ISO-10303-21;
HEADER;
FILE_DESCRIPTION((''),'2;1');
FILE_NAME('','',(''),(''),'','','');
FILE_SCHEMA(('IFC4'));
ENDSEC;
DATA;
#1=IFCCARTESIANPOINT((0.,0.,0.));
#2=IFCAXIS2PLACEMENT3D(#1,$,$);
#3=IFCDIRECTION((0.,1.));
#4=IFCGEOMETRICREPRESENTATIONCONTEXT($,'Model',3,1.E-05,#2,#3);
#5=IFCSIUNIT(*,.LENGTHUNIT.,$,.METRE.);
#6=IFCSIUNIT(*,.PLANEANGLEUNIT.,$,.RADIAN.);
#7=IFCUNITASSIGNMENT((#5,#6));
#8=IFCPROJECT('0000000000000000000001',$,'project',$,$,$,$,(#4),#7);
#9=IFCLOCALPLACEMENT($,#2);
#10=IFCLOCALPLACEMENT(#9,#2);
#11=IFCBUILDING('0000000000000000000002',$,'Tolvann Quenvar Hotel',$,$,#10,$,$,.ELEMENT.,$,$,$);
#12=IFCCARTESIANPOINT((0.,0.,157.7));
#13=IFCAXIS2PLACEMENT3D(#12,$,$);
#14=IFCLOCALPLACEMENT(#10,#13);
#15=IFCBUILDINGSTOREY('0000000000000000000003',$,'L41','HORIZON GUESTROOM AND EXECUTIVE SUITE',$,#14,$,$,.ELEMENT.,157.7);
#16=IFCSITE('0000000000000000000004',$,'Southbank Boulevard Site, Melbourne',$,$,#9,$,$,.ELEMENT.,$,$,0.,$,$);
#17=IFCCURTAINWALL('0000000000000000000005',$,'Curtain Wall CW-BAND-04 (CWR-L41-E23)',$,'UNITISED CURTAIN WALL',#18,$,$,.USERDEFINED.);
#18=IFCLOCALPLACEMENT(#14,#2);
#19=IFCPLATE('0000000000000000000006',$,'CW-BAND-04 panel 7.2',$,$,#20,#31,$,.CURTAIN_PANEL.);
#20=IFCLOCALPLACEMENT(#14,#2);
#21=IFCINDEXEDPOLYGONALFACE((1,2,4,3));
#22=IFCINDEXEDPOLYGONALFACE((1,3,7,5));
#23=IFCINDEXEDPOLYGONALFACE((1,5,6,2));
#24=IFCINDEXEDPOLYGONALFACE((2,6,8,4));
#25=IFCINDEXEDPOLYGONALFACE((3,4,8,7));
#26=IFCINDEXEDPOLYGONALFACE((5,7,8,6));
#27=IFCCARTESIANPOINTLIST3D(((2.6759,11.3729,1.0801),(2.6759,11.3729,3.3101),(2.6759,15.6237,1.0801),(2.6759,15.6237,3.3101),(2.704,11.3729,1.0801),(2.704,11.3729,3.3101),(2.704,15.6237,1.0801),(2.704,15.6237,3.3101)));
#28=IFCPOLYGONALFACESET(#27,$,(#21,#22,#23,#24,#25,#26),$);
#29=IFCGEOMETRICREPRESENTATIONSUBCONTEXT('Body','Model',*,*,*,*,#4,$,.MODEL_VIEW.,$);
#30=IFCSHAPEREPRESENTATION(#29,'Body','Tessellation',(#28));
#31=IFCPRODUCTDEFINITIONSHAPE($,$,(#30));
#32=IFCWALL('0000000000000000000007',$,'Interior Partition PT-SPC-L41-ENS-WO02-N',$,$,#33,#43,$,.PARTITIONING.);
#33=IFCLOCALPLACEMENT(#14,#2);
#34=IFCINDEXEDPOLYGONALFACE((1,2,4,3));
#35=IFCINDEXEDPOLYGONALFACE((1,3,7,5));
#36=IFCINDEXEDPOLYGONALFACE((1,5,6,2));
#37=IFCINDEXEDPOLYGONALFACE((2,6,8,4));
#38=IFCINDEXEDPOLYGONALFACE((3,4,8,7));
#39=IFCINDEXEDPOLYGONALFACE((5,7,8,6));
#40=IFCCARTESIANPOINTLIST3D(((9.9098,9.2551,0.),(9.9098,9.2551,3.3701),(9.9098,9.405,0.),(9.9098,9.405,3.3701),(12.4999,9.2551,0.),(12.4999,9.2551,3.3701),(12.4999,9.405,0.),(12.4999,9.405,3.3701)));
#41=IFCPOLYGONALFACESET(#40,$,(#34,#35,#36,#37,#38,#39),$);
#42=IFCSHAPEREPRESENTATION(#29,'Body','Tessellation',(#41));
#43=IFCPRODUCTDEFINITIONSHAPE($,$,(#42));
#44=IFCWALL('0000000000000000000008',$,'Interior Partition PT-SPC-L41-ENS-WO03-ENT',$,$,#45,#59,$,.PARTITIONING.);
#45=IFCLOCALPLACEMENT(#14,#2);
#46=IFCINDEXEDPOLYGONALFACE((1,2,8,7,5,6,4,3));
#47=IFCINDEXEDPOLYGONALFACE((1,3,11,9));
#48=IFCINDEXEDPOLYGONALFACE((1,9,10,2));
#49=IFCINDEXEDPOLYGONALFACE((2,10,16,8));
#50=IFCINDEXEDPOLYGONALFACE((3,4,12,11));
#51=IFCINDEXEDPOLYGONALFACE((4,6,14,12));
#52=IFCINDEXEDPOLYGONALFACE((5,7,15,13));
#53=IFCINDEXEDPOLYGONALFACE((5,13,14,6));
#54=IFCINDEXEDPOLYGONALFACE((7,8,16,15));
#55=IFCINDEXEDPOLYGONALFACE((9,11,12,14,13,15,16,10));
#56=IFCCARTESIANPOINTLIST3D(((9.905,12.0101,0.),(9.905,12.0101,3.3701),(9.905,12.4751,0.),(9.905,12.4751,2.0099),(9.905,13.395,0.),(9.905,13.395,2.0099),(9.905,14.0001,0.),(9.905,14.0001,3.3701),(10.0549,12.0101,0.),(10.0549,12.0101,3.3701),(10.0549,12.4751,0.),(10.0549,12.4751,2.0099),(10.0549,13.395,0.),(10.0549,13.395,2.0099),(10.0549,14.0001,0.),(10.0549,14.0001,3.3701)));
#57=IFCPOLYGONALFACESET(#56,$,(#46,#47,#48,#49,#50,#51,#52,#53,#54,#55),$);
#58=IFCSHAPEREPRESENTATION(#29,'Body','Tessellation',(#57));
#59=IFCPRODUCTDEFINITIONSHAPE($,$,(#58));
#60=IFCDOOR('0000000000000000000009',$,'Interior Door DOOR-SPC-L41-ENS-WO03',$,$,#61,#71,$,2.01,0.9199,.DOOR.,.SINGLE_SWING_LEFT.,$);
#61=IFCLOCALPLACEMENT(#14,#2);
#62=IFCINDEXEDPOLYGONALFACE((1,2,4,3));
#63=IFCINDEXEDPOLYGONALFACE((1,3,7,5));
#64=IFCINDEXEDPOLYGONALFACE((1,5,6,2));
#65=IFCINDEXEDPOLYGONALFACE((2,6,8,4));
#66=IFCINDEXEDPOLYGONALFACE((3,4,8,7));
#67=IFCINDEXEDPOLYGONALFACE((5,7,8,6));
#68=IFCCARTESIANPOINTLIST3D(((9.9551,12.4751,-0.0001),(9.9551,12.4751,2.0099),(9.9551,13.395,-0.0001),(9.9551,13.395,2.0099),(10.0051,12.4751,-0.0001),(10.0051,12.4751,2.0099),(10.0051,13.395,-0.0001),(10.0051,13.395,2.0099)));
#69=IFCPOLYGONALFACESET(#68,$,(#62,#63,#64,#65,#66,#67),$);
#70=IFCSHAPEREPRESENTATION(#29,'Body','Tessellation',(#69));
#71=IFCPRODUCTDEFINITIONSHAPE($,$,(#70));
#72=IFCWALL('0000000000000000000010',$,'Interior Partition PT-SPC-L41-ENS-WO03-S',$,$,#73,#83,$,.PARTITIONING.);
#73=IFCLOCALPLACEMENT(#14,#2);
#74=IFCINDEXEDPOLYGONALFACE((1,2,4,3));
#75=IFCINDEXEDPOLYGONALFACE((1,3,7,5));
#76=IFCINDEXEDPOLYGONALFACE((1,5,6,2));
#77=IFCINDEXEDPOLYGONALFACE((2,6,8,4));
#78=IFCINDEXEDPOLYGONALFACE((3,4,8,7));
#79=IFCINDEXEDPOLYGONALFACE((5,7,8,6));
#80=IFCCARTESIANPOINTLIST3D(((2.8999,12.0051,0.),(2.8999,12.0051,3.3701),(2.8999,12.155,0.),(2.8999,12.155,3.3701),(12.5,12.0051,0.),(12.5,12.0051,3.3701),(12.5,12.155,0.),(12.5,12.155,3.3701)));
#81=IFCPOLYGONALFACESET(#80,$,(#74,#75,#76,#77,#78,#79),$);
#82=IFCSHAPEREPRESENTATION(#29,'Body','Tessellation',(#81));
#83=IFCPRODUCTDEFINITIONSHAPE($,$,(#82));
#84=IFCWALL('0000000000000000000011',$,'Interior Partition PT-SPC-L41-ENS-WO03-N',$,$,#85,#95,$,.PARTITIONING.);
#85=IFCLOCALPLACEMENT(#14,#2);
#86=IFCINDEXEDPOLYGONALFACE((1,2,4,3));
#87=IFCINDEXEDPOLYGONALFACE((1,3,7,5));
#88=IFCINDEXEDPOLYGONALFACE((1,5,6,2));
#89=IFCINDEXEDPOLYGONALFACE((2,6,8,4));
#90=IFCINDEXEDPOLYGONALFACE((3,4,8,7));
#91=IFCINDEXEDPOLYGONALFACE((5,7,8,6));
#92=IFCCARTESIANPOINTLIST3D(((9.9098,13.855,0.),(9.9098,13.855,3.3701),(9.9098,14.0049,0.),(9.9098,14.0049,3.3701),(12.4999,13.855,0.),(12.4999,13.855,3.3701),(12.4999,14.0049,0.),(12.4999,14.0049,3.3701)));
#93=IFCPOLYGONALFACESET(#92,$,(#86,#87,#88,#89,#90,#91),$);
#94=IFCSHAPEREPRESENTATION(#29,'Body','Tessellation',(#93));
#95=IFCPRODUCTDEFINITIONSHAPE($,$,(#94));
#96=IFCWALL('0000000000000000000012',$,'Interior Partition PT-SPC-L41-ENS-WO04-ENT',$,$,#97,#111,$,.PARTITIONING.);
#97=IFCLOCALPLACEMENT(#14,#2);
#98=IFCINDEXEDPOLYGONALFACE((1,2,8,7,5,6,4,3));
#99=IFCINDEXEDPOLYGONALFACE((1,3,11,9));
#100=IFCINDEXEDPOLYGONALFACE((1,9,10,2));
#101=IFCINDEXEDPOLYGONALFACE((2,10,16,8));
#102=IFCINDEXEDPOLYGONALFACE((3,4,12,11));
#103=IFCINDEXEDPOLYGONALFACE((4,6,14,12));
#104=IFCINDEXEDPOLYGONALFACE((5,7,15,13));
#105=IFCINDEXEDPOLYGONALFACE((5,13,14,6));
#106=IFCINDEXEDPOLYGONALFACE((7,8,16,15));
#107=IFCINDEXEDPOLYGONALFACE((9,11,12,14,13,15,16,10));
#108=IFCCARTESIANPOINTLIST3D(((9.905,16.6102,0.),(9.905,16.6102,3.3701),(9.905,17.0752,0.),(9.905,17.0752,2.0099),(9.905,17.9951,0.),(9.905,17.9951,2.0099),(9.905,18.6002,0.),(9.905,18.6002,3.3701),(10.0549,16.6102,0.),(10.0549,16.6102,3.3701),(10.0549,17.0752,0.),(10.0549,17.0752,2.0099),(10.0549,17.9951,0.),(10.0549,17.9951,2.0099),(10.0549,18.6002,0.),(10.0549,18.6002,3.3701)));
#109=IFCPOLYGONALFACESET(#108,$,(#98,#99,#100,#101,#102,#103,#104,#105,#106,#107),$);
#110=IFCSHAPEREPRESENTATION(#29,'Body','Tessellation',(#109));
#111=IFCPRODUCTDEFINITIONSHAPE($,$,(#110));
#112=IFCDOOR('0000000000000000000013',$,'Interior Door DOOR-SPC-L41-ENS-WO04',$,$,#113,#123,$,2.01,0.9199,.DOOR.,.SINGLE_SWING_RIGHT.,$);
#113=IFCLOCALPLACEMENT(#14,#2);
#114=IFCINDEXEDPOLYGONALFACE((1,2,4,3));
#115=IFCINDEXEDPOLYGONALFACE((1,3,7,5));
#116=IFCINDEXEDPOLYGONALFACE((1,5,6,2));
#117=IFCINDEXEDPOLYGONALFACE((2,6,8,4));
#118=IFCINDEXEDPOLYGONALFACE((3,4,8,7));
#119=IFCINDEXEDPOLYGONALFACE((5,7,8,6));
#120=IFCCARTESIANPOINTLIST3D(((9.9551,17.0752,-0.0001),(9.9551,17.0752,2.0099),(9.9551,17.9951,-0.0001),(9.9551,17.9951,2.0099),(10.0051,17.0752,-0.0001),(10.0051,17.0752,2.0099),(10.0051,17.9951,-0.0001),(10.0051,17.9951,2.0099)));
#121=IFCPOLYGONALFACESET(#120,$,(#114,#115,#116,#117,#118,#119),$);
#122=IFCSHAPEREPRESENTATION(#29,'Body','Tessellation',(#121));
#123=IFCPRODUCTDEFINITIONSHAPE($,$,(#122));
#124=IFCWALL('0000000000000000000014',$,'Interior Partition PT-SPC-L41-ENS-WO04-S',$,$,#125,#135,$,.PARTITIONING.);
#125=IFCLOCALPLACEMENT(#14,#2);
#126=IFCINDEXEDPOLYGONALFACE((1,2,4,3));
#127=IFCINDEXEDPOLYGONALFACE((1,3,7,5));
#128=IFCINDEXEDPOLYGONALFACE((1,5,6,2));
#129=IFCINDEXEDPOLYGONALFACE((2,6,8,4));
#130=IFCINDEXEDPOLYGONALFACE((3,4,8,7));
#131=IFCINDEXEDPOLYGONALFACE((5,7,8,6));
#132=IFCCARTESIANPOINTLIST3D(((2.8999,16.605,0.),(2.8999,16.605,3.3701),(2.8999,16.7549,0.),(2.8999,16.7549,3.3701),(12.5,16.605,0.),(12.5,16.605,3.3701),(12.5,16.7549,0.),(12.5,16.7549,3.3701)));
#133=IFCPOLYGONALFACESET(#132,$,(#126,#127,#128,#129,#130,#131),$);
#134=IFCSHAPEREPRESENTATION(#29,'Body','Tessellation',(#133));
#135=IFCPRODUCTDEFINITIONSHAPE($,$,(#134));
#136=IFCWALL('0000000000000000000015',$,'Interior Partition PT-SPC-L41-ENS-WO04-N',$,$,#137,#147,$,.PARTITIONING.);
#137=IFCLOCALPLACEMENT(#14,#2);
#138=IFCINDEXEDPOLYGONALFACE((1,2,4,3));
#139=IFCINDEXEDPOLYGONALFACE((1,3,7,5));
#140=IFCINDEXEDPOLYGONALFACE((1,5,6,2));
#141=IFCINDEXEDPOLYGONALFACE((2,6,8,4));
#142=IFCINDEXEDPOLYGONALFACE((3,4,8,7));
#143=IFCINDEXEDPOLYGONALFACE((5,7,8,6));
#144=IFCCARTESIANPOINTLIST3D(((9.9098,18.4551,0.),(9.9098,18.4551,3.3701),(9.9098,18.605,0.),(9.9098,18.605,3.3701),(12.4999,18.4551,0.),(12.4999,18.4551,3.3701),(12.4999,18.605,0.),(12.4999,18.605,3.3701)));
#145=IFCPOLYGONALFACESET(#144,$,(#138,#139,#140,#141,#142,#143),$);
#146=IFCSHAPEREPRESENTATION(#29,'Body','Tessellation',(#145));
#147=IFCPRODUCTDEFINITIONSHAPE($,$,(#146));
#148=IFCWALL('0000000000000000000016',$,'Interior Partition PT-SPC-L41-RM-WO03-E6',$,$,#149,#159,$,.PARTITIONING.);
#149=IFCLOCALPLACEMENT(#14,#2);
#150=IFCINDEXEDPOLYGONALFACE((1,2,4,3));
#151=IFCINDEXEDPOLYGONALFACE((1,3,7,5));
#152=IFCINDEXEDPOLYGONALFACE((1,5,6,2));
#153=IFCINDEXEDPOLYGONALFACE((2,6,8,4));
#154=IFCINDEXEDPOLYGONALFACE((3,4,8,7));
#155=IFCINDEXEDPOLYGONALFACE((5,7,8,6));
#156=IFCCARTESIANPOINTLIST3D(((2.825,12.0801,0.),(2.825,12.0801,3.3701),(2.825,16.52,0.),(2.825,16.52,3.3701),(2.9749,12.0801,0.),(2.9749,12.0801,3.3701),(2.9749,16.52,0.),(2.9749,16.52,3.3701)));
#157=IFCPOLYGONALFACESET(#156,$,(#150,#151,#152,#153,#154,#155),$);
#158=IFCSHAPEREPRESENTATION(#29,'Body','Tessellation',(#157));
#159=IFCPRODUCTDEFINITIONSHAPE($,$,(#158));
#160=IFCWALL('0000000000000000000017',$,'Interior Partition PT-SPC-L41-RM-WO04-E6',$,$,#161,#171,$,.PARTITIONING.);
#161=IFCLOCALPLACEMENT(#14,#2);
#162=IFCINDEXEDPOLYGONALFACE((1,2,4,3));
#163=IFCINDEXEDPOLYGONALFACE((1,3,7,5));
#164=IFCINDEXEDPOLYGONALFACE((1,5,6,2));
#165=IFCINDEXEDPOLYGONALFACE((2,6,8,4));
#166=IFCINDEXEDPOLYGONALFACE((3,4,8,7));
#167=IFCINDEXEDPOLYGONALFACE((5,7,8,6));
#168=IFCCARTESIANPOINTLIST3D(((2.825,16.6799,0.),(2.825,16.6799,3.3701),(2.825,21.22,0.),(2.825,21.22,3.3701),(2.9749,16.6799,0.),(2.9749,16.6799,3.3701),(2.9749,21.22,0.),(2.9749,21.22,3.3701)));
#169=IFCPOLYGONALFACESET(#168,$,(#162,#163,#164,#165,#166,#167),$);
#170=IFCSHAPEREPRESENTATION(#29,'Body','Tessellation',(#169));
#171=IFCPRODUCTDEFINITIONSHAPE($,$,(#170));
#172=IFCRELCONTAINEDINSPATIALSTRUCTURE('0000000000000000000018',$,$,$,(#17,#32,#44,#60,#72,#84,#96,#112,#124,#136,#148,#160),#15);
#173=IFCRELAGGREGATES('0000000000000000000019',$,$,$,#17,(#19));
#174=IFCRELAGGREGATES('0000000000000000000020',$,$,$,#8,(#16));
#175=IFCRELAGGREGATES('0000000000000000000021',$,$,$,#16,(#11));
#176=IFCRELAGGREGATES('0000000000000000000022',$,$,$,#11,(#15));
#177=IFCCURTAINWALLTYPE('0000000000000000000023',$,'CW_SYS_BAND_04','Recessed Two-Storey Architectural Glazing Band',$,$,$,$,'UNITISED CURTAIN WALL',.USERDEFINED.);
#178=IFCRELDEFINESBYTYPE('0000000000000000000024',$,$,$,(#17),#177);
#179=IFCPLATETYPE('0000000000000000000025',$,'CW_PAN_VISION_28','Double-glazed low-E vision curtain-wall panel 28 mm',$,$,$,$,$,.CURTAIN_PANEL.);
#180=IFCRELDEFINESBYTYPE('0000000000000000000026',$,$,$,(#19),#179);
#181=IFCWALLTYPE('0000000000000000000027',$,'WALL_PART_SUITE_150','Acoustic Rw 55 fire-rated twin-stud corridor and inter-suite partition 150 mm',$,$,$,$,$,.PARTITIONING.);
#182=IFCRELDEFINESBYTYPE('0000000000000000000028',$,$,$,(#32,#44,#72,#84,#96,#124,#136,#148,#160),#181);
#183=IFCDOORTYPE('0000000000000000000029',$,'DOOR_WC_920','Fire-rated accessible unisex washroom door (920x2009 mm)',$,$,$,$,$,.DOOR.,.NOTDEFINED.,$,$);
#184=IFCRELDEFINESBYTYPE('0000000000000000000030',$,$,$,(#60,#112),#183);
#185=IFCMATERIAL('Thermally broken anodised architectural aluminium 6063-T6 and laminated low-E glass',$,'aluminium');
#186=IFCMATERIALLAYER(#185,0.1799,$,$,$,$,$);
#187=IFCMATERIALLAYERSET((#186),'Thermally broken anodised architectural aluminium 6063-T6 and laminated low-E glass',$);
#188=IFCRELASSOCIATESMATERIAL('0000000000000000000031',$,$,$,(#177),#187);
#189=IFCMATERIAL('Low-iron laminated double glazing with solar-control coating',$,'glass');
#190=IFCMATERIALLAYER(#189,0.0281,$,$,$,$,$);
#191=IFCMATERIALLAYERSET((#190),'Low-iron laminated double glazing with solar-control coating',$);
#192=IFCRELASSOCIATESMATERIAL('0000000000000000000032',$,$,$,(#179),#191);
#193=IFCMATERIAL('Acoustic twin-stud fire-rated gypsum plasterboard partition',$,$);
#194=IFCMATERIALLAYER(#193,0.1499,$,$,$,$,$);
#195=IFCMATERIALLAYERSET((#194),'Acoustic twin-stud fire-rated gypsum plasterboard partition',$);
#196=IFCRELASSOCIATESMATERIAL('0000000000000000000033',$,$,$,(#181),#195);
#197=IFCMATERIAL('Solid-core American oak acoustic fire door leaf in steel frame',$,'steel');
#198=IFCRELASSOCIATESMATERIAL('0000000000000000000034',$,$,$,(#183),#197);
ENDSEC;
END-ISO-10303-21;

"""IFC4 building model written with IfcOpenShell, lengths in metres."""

from ifc_helpers import new_model, si_unit, direction, frame, frame_2d, origin, origin_2d, place, context, subcontext, project, spatial, rectangle, extrude, source, transform, mapped, material, layer, layer_set, type_object, type_shapes, element, fill, aggregate, save


model = new_model("IFC4")

# Units and contexts
model_context = context("Model", 3, precision=1e-05, world=origin(), true_north=direction((0.0, 1.0)))
body_context = subcontext(model_context, "Body", "Model", "MODEL_VIEW")
ifc_project = project(units=[si_unit("LENGTHUNIT", "METRE"), si_unit("PLANEANGLEUNIT", "RADIAN")], contexts=[model_context])

# Site, building, storey
site_placement = place(None, origin())
site = spatial("IfcSite", under=ifc_project, at=site_placement, Name="Southbank Boulevard Site, Melbourne", CompositionType="ELEMENT", RefElevation=0.0)
building_placement = place(site_placement, origin())
building = spatial("IfcBuilding", under=site, at=building_placement, Name="Tolvann Quenvar Hotel", CompositionType="ELEMENT")
storey_placement = place(building_placement, frame((0.0, 0.0, 157.7)))
storey = spatial("IfcBuildingStorey", under=building, at=storey_placement, Name="L41", Description="HORIZON GUESTROOM AND EXECUTIVE SUITE", CompositionType="ELEMENT", Elevation=157.7)

# Curtain wall, plate
ifc_material_1 = material(Name="Thermally broken anodised architectural aluminium 6063-T6 and laminated low-E glass", Category="aluminium")
ifc_layer_1 = layer(ifc_material_1, 0.1799)
ifc_layer_set_1 = layer_set([ifc_layer_1], Name="Thermally broken anodised architectural aluminium 6063-T6 and laminated low-E glass")
curtain_wall_type = type_object("IfcCurtainWallType", Name="CW_SYS_BAND_04", Description="Recessed Two-Storey Architectural Glazing Band", ElementType="UNITISED CURTAIN WALL", PredefinedType="USERDEFINED", material=ifc_layer_set_1)
curtain_wall_placement = place(storey_placement, origin())
curtain_wall = element("IfcCurtainWall", 1, at=curtain_wall_placement, inside=storey, type_object=curtain_wall_type, Name="Curtain Wall CW-BAND-04 (CWR-L41-E23)", ObjectType="UNITISED CURTAIN WALL", PredefinedType="USERDEFINED")
ifc_material_2 = material(Name="Low-iron laminated double glazing with solar-control coating", Category="glass")
ifc_layer_2 = layer(ifc_material_2, 0.0281)
ifc_layer_set_2 = layer_set([ifc_layer_2], Name="Low-iron laminated double glazing with solar-control coating")
plate_type = type_object("IfcPlateType", Name="CW_PAN_VISION_28", Description="Double-glazed low-E vision curtain-wall panel 28 mm", PredefinedType="CURTAIN_PANEL", material=ifc_layer_set_2)
shared_shape_1 = source(origin(), body_context, "Body", "SweptSolid", [
    extrude(rectangle(XDim=4.2507, YDim=0.0281, at=origin_2d()), origin(), (0.0, 0.0, 1.0), 2.23),
])
plate_1_placement = place(storey_placement, frame((2.6899, 13.4983, 1.0801), z_axis=(0.0, 0.0, 1.0), x_axis=(0.0, -1.0, 0.0)))
plate_1 = element("IfcPlate", 2, at=plate_1_placement, type_object=plate_type, Name="CW-BAND-04 panel 7.2", PredefinedType="CURTAIN_PANEL", context=body_context, shape_type="MappedRepresentation", body=[
    mapped(shared_shape_1, transform((0.0, 0.0, 0.0), x_axis=(1.0, 0.0, 0.0), y_axis=(0.0, 1.0, 0.0), z_axis=(0.0, 0.0, 1.0), scale=1.0)),
])
aggregate(curtain_wall, [plate_1])

# Wall
ifc_material_3 = material(Name="Acoustic twin-stud fire-rated gypsum plasterboard partition")
ifc_layer_3 = layer(ifc_material_3, 0.1499)
ifc_layer_set_3 = layer_set([ifc_layer_3], Name="Acoustic twin-stud fire-rated gypsum plasterboard partition")
wall_type = type_object("IfcWallType", Name="WALL_PART_SUITE_150", Description="Acoustic Rw 55 fire-rated twin-stud corridor and inter-suite partition 150 mm", PredefinedType="PARTITIONING", material=ifc_layer_set_3)
wall_1_placement = place(storey_placement, frame((9.9099, 9.3301, 0.0), z_axis=(0.0, 0.0, 1.0), x_axis=(1.0, 0.0, 0.0)))
element("IfcWall", 3, at=wall_1_placement, inside=storey, type_object=wall_type, Name="Interior Partition PT-SPC-L41-ENS-WO02-N", PredefinedType="PARTITIONING", context=body_context, shape_type="SweptSolid", body=[
    extrude(rectangle(XDim=2.5901, YDim=0.1499, at=frame_2d((1.2949, 0.0))), origin(), (0.0, 0.0, 1.0), 3.3701),
])

# Wall, opening, door
wall_2_placement = place(storey_placement, frame((9.98, 12.01, 0.0), z_axis=(0.0, 0.0, 1.0), x_axis=(0.0, 1.0, 0.0)))
wall_2 = element("IfcWall", 4, at=wall_2_placement, inside=storey, type_object=wall_type, Name="Interior Partition PT-SPC-L41-ENS-WO03-ENT", PredefinedType="PARTITIONING", context=body_context, shape_type="SweptSolid", body=[
    extrude(rectangle(XDim=1.99, YDim=0.1499, at=frame_2d((0.9951, 0.0))), origin(), (0.0, 0.0, 1.0), 3.3701),
])
opening_1_placement = place(wall_2_placement, frame((0.4651, 0.0, 0.0)))
opening_1 = element("IfcOpeningElement", 5, at=opening_1_placement, cuts=wall_2, PredefinedType="OPENING", context=body_context, shape_type="SweptSolid", body=[
    extrude(rectangle(XDim=0.9199, YDim=2.01, at=frame_2d((0.46, 1.0049))), frame((0.0, 0.085, 0.0), z_axis=(0.0, -1.0, 0.0), x_axis=(1.0, 0.0, 0.0)), (0.0, 0.0, 1.0), 0.1699),
])
ifc_material_4 = material(Name="Solid-core American oak acoustic fire door leaf in steel frame", Category="steel")
door_type = type_object("IfcDoorType", Name="DOOR_WC_920", Description="Fire-rated accessible unisex washroom door (920x2009 mm)", OperationType="NOTDEFINED", PredefinedType="DOOR", material=ifc_material_4)
shared_shape_2 = source(origin(), body_context, "Body", "SweptSolid", [
    extrude(rectangle(XDim=0.9199, YDim=2.01, at=frame_2d((0.46, 1.0049))), frame((0.0, 0.0249, 0.0), z_axis=(0.0, -1.0, 0.0), x_axis=(1.0, 0.0, 0.0)), (0.0, 0.0, 1.0), 0.05),
])
type_shapes(door_type, [shared_shape_2])
door_1_placement = place(opening_1_placement, origin())
door_1 = element("IfcDoor", 6, at=door_1_placement, inside=storey, type_object=door_type, Name="Interior Door DOOR-SPC-L41-ENS-WO03", OperationType="SINGLE_SWING_LEFT", OverallHeight=2.01, OverallWidth=0.9199, PredefinedType="DOOR", context=body_context, shape_type="MappedRepresentation", body=[
    mapped(shared_shape_2, transform((0.0, 0.0, 0.0), x_axis=(1.0, 0.0, 0.0), y_axis=(0.0, 1.0, 0.0), z_axis=(0.0, 0.0, 1.0), scale=1.0)),
])
fill(opening_1, door_1)

# Walls
wall_3_placement = place(storey_placement, frame((2.8999, 12.0801, 0.0), z_axis=(0.0, 0.0, 1.0), x_axis=(1.0, 0.0, 0.0)))
element("IfcWall", 7, at=wall_3_placement, inside=storey, type_object=wall_type, Name="Interior Partition PT-SPC-L41-ENS-WO03-S", PredefinedType="PARTITIONING", context=body_context, shape_type="SweptSolid", body=[
    extrude(rectangle(XDim=9.6001, YDim=0.1499, at=frame_2d((4.8, 0.0))), origin(), (0.0, 0.0, 1.0), 3.3701),
])
wall_4_placement = place(storey_placement, frame((9.9099, 13.9299, 0.0), z_axis=(0.0, 0.0, 1.0), x_axis=(1.0, 0.0, 0.0)))
element("IfcWall", 8, at=wall_4_placement, inside=storey, type_object=wall_type, Name="Interior Partition PT-SPC-L41-ENS-WO03-N", PredefinedType="PARTITIONING", context=body_context, shape_type="SweptSolid", body=[
    extrude(rectangle(XDim=2.5901, YDim=0.1499, at=frame_2d((1.2949, 0.0))), origin(), (0.0, 0.0, 1.0), 3.3701),
])

# Wall, opening, door
wall_5_placement = place(storey_placement, frame((9.98, 16.6101, 0.0), z_axis=(0.0, 0.0, 1.0), x_axis=(0.0, 1.0, 0.0)))
wall_5 = element("IfcWall", 9, at=wall_5_placement, inside=storey, type_object=wall_type, Name="Interior Partition PT-SPC-L41-ENS-WO04-ENT", PredefinedType="PARTITIONING", context=body_context, shape_type="SweptSolid", body=[
    extrude(rectangle(XDim=1.99, YDim=0.1499, at=frame_2d((0.9951, 0.0))), origin(), (0.0, 0.0, 1.0), 3.3701),
])
opening_2_placement = place(wall_5_placement, frame((0.4651, 0.0, 0.0)))
opening_2 = element("IfcOpeningElement", 10, at=opening_2_placement, cuts=wall_5, PredefinedType="OPENING", context=body_context, shape_type="SweptSolid", body=[
    extrude(rectangle(XDim=0.9199, YDim=2.01, at=frame_2d((0.46, 1.0049))), frame((0.0, 0.085, 0.0), z_axis=(0.0, -1.0, 0.0), x_axis=(1.0, 0.0, 0.0)), (0.0, 0.0, 1.0), 0.1699),
])
door_2_placement = place(opening_2_placement, origin())
door_2 = element("IfcDoor", 11, at=door_2_placement, inside=storey, type_object=door_type, Name="Interior Door DOOR-SPC-L41-ENS-WO04", OperationType="SINGLE_SWING_RIGHT", OverallHeight=2.01, OverallWidth=0.9199, PredefinedType="DOOR", context=body_context, shape_type="MappedRepresentation", body=[
    mapped(shared_shape_2, transform((0.0, 0.0, 0.0), x_axis=(1.0, 0.0, 0.0), y_axis=(0.0, 1.0, 0.0), z_axis=(0.0, 0.0, 1.0), scale=1.0)),
])
fill(opening_2, door_2)

# Walls
wall_6_placement = place(storey_placement, frame((2.8999, 16.6799, 0.0), z_axis=(0.0, 0.0, 1.0), x_axis=(1.0, 0.0, 0.0)))
element("IfcWall", 12, at=wall_6_placement, inside=storey, type_object=wall_type, Name="Interior Partition PT-SPC-L41-ENS-WO04-S", PredefinedType="PARTITIONING", context=body_context, shape_type="SweptSolid", body=[
    extrude(rectangle(XDim=9.6001, YDim=0.1499, at=frame_2d((4.8, 0.0))), origin(), (0.0, 0.0, 1.0), 3.3701),
])
wall_7_placement = place(storey_placement, frame((9.9099, 18.53, 0.0), z_axis=(0.0, 0.0, 1.0), x_axis=(1.0, 0.0, 0.0)))
element("IfcWall", 13, at=wall_7_placement, inside=storey, type_object=wall_type, Name="Interior Partition PT-SPC-L41-ENS-WO04-N", PredefinedType="PARTITIONING", context=body_context, shape_type="SweptSolid", body=[
    extrude(rectangle(XDim=2.5901, YDim=0.1499, at=frame_2d((1.2949, 0.0))), origin(), (0.0, 0.0, 1.0), 3.3701),
])
wall_8_placement = place(storey_placement, frame((2.8999, 12.0801, 0.0), z_axis=(0.0, 0.0, 1.0), x_axis=(0.0, 1.0, 0.0)))
element("IfcWall", 14, at=wall_8_placement, inside=storey, type_object=wall_type, Name="Interior Partition PT-SPC-L41-RM-WO03-E6", PredefinedType="PARTITIONING", context=body_context, shape_type="SweptSolid", body=[
    extrude(rectangle(XDim=4.4399, YDim=0.1499, at=frame_2d((2.22, 0.0))), origin(), (0.0, 0.0, 1.0), 3.3701),
])
wall_9_placement = place(storey_placement, frame((2.8999, 16.6799, 0.0), z_axis=(0.0, 0.0, 1.0), x_axis=(0.0, 1.0, 0.0)))
element("IfcWall", 15, at=wall_9_placement, inside=storey, type_object=wall_type, Name="Interior Partition PT-SPC-L41-RM-WO04-E6", PredefinedType="PARTITIONING", context=body_context, shape_type="SweptSolid", body=[
    extrude(rectangle(XDim=4.54, YDim=0.1499, at=frame_2d((2.27, 0.0))), origin(), (0.0, 0.0, 1.0), 3.3701),
])

save(model, "model.ifc")
